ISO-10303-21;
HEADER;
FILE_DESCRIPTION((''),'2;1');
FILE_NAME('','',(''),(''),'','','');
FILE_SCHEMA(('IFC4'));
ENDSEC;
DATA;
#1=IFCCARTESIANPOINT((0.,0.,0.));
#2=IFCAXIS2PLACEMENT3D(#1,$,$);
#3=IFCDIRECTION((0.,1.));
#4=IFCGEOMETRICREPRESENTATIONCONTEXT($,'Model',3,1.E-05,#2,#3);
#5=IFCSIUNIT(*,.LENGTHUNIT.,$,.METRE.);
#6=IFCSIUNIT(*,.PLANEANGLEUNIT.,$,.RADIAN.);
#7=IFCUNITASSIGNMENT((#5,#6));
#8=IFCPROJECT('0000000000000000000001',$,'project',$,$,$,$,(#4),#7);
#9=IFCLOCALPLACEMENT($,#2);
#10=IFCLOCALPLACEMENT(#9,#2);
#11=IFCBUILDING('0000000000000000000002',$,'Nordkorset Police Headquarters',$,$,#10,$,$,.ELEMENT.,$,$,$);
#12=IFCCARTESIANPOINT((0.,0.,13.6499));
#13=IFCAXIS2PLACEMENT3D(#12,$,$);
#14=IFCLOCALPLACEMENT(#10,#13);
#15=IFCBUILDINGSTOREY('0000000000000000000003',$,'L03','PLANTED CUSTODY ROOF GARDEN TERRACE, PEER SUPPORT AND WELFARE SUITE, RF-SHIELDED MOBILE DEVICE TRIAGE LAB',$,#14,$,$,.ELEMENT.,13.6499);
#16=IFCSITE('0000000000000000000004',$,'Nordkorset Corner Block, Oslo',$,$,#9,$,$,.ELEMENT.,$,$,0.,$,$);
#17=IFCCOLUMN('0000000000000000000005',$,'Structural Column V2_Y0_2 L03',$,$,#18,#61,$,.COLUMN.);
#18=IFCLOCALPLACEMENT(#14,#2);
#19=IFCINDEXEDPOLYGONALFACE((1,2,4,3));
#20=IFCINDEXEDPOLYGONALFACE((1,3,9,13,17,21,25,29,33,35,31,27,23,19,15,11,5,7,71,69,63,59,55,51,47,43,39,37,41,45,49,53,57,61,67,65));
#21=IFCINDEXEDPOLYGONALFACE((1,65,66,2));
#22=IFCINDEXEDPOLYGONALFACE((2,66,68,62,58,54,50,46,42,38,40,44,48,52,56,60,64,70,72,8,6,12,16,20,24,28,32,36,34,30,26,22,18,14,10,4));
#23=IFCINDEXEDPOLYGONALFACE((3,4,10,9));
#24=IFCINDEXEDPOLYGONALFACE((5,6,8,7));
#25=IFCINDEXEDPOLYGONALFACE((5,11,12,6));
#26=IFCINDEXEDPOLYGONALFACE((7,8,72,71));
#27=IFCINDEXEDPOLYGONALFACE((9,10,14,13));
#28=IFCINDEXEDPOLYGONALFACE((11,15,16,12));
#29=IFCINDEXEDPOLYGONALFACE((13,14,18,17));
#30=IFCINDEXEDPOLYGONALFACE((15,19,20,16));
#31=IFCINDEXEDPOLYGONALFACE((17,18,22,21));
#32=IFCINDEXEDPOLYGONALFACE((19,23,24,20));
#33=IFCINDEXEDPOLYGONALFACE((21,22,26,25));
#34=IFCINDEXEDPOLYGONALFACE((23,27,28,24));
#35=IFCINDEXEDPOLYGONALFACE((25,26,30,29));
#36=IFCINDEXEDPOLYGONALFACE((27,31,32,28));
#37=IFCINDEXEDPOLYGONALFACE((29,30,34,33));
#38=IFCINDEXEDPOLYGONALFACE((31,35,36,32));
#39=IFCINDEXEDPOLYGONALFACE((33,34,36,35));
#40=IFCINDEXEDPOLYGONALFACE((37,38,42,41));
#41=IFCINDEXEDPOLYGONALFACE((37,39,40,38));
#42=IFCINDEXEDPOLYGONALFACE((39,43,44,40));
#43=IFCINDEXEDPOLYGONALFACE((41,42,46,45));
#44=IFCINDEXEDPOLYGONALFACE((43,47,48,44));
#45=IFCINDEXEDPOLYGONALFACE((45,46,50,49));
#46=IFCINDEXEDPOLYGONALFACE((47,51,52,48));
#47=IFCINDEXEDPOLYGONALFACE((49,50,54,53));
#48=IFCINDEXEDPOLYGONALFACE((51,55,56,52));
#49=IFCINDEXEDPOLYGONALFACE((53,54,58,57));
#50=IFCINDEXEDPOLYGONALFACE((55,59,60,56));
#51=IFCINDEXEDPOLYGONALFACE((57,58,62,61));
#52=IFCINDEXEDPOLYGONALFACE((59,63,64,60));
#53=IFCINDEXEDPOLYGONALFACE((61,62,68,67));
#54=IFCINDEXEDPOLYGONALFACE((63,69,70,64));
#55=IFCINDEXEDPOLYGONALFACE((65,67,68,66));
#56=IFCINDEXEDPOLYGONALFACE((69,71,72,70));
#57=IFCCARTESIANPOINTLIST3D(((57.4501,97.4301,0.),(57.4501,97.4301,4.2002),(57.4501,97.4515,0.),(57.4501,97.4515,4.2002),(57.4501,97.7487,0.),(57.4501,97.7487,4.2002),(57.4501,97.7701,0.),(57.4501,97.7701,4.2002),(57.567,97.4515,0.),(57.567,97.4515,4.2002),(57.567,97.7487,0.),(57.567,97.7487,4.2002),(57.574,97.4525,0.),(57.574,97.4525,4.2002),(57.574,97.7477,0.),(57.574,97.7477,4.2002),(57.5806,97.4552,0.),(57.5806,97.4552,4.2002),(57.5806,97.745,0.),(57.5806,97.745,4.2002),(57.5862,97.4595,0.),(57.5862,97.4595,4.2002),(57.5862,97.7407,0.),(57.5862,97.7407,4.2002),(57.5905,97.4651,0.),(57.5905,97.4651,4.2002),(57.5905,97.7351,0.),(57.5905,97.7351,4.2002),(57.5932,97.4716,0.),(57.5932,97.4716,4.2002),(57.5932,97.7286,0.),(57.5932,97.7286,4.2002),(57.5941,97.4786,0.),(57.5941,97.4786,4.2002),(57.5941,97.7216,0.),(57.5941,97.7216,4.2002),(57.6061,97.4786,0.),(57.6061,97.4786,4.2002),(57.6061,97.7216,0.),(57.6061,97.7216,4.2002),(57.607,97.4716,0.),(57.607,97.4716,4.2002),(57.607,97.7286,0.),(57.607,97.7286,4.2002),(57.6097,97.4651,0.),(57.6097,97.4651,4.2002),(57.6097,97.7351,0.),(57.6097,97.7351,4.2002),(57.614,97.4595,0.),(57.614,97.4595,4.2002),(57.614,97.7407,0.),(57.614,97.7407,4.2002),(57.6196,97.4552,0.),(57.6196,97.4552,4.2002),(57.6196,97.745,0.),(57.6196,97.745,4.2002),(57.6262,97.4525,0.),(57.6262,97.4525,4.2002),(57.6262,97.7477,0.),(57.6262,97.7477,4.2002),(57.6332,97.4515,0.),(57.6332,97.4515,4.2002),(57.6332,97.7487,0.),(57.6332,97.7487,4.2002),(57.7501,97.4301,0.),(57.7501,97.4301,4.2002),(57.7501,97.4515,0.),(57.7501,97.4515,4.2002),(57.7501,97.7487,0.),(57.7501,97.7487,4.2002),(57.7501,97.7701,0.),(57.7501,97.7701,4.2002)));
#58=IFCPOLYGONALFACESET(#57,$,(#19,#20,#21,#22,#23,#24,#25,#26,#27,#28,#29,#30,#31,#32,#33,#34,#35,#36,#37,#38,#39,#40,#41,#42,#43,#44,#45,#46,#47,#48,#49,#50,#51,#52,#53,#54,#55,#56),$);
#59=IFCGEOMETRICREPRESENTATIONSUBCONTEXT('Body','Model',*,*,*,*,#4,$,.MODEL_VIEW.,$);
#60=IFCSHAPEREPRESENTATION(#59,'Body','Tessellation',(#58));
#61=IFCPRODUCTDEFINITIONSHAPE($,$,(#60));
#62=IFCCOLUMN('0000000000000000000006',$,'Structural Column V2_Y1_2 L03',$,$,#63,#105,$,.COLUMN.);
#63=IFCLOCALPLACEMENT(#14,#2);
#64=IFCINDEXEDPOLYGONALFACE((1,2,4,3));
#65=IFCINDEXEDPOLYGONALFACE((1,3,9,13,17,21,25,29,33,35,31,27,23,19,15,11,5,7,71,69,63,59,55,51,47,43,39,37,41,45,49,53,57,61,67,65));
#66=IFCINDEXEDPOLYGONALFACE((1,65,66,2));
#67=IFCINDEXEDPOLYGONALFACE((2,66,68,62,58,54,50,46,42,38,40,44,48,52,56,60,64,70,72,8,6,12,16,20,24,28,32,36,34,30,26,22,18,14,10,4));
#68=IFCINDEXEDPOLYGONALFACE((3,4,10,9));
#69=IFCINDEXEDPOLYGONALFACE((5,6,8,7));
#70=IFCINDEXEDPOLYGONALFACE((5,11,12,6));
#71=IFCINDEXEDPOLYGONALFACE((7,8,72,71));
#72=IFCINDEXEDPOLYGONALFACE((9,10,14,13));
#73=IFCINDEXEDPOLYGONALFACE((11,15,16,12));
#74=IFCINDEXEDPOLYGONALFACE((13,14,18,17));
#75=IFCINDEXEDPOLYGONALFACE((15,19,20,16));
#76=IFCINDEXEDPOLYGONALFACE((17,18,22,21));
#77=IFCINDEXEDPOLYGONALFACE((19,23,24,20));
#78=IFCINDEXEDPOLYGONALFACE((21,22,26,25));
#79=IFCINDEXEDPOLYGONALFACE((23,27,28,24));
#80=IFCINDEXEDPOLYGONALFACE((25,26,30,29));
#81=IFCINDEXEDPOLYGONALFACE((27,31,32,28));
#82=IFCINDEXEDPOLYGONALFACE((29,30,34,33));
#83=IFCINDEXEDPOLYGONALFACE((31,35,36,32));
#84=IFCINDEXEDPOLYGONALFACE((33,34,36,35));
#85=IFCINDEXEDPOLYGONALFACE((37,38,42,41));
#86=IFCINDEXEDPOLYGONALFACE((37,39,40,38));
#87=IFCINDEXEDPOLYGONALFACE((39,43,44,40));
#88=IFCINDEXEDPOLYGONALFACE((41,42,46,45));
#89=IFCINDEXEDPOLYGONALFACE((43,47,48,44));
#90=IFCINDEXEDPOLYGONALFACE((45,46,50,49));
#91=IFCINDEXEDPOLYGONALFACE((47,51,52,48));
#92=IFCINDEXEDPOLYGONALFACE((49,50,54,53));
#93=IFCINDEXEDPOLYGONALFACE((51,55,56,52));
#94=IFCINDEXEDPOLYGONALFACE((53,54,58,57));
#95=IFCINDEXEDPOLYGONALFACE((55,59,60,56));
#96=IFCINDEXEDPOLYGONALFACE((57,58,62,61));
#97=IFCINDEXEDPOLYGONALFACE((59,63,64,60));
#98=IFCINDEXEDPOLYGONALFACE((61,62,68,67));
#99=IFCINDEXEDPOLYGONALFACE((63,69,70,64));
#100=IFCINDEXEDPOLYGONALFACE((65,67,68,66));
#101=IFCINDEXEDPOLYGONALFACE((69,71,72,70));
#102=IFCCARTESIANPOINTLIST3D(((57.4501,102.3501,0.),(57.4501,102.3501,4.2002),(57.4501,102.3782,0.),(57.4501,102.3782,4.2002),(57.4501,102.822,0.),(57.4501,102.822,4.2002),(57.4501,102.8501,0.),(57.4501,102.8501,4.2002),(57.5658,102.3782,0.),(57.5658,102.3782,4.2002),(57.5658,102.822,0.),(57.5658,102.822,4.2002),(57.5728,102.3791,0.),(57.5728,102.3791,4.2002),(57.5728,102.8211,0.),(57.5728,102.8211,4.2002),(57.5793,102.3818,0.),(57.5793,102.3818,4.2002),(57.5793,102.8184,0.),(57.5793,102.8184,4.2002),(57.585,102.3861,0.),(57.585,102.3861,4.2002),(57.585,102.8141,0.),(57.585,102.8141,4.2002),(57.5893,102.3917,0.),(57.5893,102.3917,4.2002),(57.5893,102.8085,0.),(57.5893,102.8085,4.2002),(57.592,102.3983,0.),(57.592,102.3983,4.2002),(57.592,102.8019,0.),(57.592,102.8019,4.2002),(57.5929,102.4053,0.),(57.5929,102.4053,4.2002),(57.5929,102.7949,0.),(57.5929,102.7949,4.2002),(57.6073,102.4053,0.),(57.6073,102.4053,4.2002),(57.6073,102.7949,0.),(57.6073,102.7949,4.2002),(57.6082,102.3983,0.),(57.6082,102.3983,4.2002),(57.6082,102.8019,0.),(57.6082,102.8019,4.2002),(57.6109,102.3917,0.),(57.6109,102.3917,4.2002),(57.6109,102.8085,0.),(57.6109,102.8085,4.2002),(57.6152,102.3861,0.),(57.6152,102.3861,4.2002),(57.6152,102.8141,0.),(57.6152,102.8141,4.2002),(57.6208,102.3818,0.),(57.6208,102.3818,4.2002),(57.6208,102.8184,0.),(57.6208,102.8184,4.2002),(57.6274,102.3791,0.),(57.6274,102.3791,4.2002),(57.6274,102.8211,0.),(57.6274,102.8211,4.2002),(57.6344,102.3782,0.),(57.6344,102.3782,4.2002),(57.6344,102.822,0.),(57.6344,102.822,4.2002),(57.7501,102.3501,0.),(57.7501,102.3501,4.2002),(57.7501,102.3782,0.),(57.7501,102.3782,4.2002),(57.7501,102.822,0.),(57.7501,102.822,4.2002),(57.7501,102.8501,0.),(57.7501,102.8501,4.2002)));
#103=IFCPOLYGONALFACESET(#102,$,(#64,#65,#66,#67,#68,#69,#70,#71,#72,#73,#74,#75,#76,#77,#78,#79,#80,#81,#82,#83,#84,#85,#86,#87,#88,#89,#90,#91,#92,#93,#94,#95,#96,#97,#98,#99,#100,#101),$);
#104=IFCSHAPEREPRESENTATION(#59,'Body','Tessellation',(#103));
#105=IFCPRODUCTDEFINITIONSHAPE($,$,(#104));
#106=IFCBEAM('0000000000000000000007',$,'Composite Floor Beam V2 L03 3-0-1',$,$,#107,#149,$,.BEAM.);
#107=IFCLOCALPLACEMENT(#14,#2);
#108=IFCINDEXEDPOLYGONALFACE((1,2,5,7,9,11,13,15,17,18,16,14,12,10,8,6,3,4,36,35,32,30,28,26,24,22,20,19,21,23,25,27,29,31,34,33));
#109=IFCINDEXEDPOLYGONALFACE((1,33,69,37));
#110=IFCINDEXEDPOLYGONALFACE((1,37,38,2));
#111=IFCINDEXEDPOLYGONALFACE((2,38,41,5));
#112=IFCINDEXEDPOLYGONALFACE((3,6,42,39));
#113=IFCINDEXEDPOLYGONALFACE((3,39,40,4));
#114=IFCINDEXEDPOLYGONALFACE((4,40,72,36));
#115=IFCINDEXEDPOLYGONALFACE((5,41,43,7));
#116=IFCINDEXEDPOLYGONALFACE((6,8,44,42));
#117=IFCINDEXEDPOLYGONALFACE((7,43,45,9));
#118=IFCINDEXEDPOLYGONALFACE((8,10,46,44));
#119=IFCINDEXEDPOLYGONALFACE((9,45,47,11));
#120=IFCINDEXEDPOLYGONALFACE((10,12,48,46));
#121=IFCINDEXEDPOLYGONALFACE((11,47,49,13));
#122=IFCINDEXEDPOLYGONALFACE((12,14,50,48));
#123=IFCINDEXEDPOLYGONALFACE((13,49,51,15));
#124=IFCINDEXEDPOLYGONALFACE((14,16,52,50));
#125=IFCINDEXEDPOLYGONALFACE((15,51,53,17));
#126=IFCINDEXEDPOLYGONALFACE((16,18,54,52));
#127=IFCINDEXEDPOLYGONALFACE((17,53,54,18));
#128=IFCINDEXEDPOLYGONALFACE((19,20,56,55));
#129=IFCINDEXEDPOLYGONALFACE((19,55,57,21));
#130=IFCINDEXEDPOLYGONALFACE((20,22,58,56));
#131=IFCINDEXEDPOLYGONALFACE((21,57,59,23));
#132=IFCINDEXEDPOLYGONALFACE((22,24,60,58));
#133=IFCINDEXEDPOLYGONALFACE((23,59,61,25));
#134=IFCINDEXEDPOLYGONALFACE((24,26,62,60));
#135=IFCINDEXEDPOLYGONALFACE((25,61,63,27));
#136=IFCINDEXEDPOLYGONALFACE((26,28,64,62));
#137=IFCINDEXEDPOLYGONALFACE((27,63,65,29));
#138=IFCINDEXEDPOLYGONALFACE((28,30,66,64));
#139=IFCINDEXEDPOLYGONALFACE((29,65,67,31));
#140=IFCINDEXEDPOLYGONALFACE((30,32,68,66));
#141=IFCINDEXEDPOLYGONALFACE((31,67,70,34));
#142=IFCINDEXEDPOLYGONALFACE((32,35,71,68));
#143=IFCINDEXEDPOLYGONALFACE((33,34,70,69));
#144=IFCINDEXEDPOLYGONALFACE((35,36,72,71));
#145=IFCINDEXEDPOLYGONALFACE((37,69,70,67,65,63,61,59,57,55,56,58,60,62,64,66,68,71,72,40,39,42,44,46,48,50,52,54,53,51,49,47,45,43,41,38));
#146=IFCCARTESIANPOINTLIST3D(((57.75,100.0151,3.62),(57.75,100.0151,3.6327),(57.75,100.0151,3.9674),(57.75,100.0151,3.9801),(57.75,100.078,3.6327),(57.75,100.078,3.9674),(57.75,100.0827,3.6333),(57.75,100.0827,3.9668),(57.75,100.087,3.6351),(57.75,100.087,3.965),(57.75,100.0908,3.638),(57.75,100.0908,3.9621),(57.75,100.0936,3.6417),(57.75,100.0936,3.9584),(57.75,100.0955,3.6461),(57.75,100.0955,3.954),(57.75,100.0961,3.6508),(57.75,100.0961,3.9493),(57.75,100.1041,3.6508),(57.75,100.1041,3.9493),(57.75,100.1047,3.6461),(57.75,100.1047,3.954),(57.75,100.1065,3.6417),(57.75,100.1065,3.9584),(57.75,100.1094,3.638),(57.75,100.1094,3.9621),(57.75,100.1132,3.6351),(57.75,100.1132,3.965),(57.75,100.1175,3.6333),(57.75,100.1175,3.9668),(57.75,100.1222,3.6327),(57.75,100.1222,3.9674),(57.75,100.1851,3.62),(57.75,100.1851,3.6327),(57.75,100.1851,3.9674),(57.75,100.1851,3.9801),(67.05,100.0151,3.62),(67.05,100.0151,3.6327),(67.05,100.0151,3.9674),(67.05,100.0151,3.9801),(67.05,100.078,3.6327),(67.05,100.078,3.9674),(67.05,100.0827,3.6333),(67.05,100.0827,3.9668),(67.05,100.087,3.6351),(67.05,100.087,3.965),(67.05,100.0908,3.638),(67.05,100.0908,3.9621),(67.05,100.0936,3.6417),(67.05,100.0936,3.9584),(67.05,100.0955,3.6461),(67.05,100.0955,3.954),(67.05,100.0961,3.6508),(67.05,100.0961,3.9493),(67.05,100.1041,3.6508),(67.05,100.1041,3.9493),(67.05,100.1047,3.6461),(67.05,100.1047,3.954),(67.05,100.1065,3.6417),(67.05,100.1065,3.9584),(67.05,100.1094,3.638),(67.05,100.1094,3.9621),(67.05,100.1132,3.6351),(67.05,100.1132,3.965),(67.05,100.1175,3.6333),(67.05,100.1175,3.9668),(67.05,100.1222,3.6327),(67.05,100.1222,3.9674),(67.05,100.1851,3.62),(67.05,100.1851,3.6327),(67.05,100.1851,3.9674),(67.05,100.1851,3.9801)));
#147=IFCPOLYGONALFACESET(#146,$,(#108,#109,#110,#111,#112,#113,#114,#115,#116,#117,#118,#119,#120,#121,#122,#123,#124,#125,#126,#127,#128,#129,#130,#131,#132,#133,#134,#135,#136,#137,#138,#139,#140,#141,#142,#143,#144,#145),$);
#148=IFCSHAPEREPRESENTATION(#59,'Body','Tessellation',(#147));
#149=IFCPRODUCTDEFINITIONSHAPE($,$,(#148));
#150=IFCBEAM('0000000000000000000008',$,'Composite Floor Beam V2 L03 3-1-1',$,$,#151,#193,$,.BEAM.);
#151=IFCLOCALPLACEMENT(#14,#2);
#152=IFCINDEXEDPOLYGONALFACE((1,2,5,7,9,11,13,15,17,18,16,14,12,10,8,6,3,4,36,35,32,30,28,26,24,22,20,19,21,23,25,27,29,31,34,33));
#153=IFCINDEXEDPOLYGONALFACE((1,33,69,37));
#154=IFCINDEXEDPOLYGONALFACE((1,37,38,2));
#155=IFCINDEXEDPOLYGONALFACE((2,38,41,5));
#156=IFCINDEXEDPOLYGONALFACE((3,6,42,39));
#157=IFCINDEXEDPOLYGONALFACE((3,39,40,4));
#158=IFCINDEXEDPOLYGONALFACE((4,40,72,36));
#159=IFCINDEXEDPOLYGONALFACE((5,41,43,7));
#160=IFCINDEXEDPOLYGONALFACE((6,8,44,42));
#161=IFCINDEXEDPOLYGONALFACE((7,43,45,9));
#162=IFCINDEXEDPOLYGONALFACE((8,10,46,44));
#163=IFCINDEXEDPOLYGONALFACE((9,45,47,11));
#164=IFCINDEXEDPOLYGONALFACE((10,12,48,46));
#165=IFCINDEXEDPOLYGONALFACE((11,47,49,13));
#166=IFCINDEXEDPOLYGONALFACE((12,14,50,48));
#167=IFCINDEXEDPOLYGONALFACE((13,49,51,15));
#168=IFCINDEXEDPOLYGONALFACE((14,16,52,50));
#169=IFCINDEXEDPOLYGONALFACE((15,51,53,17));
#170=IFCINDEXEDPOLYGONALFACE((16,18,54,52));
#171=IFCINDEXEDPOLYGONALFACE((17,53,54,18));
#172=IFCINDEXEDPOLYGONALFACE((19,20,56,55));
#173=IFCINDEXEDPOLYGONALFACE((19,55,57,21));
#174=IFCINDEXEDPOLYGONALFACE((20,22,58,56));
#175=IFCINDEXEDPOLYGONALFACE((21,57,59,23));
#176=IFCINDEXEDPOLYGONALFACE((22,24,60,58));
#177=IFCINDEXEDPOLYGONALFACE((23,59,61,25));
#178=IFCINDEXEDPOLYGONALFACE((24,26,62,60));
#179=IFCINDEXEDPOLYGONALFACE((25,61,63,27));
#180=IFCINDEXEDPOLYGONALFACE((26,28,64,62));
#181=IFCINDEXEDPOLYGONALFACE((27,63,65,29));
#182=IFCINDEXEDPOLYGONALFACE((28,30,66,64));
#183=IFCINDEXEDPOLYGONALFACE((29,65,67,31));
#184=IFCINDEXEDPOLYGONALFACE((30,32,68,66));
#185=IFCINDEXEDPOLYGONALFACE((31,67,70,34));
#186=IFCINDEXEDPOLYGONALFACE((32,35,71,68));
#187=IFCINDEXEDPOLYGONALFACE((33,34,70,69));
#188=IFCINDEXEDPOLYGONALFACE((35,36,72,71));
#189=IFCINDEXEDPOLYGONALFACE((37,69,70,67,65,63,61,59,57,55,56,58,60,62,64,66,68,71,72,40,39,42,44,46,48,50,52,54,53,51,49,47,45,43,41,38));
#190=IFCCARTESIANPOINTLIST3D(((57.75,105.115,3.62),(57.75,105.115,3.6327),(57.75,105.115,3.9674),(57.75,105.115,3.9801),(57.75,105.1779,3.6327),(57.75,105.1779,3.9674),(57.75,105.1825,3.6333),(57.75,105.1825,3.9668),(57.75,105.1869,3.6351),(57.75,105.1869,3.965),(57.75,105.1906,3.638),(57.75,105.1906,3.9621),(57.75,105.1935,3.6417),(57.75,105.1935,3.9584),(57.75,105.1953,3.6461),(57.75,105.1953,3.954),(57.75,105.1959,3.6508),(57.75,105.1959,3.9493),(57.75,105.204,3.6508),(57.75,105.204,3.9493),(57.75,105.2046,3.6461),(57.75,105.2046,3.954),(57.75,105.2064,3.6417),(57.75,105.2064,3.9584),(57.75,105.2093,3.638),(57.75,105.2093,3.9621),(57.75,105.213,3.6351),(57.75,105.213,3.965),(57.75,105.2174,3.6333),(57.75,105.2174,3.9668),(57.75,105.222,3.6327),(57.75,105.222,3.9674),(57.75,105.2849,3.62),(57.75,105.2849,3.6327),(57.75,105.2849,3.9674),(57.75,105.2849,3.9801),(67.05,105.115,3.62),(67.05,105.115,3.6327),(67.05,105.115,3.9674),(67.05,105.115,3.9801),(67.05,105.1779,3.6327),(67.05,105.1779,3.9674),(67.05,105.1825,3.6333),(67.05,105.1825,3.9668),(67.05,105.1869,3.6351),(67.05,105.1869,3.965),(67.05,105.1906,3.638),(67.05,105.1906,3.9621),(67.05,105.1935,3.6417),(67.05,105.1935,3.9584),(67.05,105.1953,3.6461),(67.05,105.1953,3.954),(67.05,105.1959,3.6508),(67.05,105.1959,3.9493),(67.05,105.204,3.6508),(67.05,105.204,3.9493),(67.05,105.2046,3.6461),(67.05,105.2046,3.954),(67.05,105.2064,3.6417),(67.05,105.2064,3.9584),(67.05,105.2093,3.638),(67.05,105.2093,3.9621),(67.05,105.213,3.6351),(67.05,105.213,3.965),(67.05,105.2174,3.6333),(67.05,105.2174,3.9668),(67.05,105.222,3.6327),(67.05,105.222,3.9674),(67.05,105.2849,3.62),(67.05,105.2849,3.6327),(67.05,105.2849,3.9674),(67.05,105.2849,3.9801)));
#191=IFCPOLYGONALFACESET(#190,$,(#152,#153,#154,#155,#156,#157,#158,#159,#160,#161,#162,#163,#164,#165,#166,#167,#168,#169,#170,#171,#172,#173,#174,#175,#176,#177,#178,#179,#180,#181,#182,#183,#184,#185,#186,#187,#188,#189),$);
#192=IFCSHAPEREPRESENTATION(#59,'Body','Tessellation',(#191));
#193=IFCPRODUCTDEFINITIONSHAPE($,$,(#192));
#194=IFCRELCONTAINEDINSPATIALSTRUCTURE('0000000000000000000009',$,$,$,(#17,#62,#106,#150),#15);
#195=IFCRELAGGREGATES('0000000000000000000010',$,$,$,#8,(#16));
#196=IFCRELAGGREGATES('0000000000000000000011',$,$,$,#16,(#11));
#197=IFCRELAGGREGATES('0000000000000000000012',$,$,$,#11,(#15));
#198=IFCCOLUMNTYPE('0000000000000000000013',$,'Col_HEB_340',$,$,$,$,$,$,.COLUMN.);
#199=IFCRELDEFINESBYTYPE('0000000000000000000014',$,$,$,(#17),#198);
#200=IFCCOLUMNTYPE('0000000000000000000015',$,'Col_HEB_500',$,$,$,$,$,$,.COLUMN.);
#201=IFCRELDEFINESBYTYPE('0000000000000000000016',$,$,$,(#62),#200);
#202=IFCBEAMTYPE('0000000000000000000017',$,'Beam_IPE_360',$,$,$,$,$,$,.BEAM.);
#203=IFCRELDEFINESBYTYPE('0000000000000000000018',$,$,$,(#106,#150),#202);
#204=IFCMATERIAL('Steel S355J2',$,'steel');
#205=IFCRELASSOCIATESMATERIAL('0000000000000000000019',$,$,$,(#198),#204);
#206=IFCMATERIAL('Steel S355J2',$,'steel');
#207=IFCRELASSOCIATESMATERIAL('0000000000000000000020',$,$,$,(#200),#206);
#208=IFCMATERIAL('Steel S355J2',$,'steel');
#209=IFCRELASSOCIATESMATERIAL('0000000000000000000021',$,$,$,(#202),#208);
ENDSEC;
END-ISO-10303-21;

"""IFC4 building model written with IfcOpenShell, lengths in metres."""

from ifc_helpers import new_model, si_unit, direction, frame, origin, origin_2d, place, context, subcontext, project, spatial, i_section, extrude, material, material_profile, profile_set, type_object, element, save


model = new_model("IFC4")

# Units and contexts
model_context = context("Model", 3, precision=1e-05, world=origin(), true_north=direction((0.0, 1.0)))
body_context = subcontext(model_context, "Body", "Model", "MODEL_VIEW")
ifc_project = project(units=[si_unit("LENGTHUNIT", "METRE"), si_unit("PLANEANGLEUNIT", "RADIAN")], contexts=[model_context])

# Site, building, storey
site_placement = place(None, origin())
site = spatial("IfcSite", under=ifc_project, at=site_placement, Name="Nordkorset Corner Block, Oslo", CompositionType="ELEMENT", RefElevation=0.0)
building_placement = place(site_placement, origin())
building = spatial("IfcBuilding", under=site, at=building_placement, Name="Nordkorset Police Headquarters", CompositionType="ELEMENT")
storey_placement = place(building_placement, frame((0.0, 0.0, 13.6499)))
storey = spatial("IfcBuildingStorey", under=building, at=storey_placement, Name="L03", Description="PLANTED CUSTODY ROOF GARDEN TERRACE, PEER SUPPORT AND WELFARE SUITE, RF-SHIELDED MOBILE DEVICE TRIAGE LAB", CompositionType="ELEMENT", Elevation=13.6499)

# Columns
ifc_material_1 = material(Name="Steel S355J2", Category="steel")
ifc_material_profile_1 = material_profile(ifc_material_1, i_section(OverallWidth=0.3, OverallDepth=0.3401, WebThickness=0.012, FlangeThickness=0.0215, FilletRadius=0.0271, at=origin_2d()), Name="HEB 340")
ifc_profile_set_1 = profile_set([ifc_material_profile_1], Name="Steel S355J2")
column_type_1 = type_object("IfcColumnType", Name="Col_HEB_340", PredefinedType="COLUMN", material=ifc_profile_set_1)
column_1_placement = place(storey_placement, frame((57.6001, 97.6001, 0.0), z_axis=(0.0, 0.0, 1.0), x_axis=(1.0, 0.0, 0.0)))
element("IfcColumn", 1, at=column_1_placement, inside=storey, type_object=column_type_1, Name="Structural Column V2_Y0_2 L03", PredefinedType="COLUMN", context=body_context, shape_type="SweptSolid", body=[
    extrude(i_section(OverallWidth=0.3, OverallDepth=0.3401, WebThickness=0.012, FlangeThickness=0.0215, FilletRadius=0.0271, at=origin_2d()), origin(), (0.0, 0.0, 1.0), 4.2002),
])
ifc_material_2 = material(Name="Steel S355J2", Category="steel")
ifc_material_profile_2 = material_profile(ifc_material_2, i_section(OverallWidth=0.3, OverallDepth=0.5, WebThickness=0.0144, FlangeThickness=0.0281, FilletRadius=0.0271, at=origin_2d()), Name="HEB 500")
ifc_profile_set_2 = profile_set([ifc_material_profile_2], Name="Steel S355J2")
column_type_2 = type_object("IfcColumnType", Name="Col_HEB_500", PredefinedType="COLUMN", material=ifc_profile_set_2)
column_2_placement = place(storey_placement, frame((57.6001, 102.6001, 0.0), z_axis=(0.0, 0.0, 1.0), x_axis=(1.0, 0.0, 0.0)))
element("IfcColumn", 2, at=column_2_placement, inside=storey, type_object=column_type_2, Name="Structural Column V2_Y1_2 L03", PredefinedType="COLUMN", context=body_context, shape_type="SweptSolid", body=[
    extrude(i_section(OverallWidth=0.3, OverallDepth=0.5, WebThickness=0.0144, FlangeThickness=0.0281, FilletRadius=0.0271, at=origin_2d()), origin(), (0.0, 0.0, 1.0), 4.2002),
])

# Beams
ifc_material_3 = material(Name="Steel S355J2", Category="steel")
ifc_material_profile_3 = material_profile(ifc_material_3, i_section(OverallWidth=0.1699, OverallDepth=0.3601, WebThickness=0.0081, FlangeThickness=0.0127, FilletRadius=0.0181, at=origin_2d()), Name="IPE 360")
ifc_profile_set_3 = profile_set([ifc_material_profile_3], Name="Steel S355J2")
beam_type_1 = type_object("IfcBeamType", Name="Beam_IPE_360", PredefinedType="BEAM", material=ifc_profile_set_3)
for number, where, z_axis, x_axis, name in (
    (3, (57.75, 100.1001, 3.8), (1.0, 0.0, 0.0), (0.0, 1.0, 0.0), "Composite Floor Beam V2 L03 3-0-1"),
    (4, (57.75, 105.2, 3.8), (1.0, 0.0, 0.0), (0.0, 1.0, 0.0), "Composite Floor Beam V2 L03 3-1-1"),
):
    element("IfcBeam", number, at=place(storey_placement, frame(where, z_axis=z_axis, x_axis=x_axis)), inside=storey, type_object=beam_type_1, Name=name, PredefinedType="BEAM", context=body_context, shape_type="SweptSolid", body=[
        extrude(i_section(OverallWidth=0.1699, OverallDepth=0.3601, WebThickness=0.0081, FlangeThickness=0.0127, FilletRadius=0.0181, at=origin_2d()), origin(), (0.0, 0.0, 1.0), 9.3),
    ])

save(model, "model.ifc")
